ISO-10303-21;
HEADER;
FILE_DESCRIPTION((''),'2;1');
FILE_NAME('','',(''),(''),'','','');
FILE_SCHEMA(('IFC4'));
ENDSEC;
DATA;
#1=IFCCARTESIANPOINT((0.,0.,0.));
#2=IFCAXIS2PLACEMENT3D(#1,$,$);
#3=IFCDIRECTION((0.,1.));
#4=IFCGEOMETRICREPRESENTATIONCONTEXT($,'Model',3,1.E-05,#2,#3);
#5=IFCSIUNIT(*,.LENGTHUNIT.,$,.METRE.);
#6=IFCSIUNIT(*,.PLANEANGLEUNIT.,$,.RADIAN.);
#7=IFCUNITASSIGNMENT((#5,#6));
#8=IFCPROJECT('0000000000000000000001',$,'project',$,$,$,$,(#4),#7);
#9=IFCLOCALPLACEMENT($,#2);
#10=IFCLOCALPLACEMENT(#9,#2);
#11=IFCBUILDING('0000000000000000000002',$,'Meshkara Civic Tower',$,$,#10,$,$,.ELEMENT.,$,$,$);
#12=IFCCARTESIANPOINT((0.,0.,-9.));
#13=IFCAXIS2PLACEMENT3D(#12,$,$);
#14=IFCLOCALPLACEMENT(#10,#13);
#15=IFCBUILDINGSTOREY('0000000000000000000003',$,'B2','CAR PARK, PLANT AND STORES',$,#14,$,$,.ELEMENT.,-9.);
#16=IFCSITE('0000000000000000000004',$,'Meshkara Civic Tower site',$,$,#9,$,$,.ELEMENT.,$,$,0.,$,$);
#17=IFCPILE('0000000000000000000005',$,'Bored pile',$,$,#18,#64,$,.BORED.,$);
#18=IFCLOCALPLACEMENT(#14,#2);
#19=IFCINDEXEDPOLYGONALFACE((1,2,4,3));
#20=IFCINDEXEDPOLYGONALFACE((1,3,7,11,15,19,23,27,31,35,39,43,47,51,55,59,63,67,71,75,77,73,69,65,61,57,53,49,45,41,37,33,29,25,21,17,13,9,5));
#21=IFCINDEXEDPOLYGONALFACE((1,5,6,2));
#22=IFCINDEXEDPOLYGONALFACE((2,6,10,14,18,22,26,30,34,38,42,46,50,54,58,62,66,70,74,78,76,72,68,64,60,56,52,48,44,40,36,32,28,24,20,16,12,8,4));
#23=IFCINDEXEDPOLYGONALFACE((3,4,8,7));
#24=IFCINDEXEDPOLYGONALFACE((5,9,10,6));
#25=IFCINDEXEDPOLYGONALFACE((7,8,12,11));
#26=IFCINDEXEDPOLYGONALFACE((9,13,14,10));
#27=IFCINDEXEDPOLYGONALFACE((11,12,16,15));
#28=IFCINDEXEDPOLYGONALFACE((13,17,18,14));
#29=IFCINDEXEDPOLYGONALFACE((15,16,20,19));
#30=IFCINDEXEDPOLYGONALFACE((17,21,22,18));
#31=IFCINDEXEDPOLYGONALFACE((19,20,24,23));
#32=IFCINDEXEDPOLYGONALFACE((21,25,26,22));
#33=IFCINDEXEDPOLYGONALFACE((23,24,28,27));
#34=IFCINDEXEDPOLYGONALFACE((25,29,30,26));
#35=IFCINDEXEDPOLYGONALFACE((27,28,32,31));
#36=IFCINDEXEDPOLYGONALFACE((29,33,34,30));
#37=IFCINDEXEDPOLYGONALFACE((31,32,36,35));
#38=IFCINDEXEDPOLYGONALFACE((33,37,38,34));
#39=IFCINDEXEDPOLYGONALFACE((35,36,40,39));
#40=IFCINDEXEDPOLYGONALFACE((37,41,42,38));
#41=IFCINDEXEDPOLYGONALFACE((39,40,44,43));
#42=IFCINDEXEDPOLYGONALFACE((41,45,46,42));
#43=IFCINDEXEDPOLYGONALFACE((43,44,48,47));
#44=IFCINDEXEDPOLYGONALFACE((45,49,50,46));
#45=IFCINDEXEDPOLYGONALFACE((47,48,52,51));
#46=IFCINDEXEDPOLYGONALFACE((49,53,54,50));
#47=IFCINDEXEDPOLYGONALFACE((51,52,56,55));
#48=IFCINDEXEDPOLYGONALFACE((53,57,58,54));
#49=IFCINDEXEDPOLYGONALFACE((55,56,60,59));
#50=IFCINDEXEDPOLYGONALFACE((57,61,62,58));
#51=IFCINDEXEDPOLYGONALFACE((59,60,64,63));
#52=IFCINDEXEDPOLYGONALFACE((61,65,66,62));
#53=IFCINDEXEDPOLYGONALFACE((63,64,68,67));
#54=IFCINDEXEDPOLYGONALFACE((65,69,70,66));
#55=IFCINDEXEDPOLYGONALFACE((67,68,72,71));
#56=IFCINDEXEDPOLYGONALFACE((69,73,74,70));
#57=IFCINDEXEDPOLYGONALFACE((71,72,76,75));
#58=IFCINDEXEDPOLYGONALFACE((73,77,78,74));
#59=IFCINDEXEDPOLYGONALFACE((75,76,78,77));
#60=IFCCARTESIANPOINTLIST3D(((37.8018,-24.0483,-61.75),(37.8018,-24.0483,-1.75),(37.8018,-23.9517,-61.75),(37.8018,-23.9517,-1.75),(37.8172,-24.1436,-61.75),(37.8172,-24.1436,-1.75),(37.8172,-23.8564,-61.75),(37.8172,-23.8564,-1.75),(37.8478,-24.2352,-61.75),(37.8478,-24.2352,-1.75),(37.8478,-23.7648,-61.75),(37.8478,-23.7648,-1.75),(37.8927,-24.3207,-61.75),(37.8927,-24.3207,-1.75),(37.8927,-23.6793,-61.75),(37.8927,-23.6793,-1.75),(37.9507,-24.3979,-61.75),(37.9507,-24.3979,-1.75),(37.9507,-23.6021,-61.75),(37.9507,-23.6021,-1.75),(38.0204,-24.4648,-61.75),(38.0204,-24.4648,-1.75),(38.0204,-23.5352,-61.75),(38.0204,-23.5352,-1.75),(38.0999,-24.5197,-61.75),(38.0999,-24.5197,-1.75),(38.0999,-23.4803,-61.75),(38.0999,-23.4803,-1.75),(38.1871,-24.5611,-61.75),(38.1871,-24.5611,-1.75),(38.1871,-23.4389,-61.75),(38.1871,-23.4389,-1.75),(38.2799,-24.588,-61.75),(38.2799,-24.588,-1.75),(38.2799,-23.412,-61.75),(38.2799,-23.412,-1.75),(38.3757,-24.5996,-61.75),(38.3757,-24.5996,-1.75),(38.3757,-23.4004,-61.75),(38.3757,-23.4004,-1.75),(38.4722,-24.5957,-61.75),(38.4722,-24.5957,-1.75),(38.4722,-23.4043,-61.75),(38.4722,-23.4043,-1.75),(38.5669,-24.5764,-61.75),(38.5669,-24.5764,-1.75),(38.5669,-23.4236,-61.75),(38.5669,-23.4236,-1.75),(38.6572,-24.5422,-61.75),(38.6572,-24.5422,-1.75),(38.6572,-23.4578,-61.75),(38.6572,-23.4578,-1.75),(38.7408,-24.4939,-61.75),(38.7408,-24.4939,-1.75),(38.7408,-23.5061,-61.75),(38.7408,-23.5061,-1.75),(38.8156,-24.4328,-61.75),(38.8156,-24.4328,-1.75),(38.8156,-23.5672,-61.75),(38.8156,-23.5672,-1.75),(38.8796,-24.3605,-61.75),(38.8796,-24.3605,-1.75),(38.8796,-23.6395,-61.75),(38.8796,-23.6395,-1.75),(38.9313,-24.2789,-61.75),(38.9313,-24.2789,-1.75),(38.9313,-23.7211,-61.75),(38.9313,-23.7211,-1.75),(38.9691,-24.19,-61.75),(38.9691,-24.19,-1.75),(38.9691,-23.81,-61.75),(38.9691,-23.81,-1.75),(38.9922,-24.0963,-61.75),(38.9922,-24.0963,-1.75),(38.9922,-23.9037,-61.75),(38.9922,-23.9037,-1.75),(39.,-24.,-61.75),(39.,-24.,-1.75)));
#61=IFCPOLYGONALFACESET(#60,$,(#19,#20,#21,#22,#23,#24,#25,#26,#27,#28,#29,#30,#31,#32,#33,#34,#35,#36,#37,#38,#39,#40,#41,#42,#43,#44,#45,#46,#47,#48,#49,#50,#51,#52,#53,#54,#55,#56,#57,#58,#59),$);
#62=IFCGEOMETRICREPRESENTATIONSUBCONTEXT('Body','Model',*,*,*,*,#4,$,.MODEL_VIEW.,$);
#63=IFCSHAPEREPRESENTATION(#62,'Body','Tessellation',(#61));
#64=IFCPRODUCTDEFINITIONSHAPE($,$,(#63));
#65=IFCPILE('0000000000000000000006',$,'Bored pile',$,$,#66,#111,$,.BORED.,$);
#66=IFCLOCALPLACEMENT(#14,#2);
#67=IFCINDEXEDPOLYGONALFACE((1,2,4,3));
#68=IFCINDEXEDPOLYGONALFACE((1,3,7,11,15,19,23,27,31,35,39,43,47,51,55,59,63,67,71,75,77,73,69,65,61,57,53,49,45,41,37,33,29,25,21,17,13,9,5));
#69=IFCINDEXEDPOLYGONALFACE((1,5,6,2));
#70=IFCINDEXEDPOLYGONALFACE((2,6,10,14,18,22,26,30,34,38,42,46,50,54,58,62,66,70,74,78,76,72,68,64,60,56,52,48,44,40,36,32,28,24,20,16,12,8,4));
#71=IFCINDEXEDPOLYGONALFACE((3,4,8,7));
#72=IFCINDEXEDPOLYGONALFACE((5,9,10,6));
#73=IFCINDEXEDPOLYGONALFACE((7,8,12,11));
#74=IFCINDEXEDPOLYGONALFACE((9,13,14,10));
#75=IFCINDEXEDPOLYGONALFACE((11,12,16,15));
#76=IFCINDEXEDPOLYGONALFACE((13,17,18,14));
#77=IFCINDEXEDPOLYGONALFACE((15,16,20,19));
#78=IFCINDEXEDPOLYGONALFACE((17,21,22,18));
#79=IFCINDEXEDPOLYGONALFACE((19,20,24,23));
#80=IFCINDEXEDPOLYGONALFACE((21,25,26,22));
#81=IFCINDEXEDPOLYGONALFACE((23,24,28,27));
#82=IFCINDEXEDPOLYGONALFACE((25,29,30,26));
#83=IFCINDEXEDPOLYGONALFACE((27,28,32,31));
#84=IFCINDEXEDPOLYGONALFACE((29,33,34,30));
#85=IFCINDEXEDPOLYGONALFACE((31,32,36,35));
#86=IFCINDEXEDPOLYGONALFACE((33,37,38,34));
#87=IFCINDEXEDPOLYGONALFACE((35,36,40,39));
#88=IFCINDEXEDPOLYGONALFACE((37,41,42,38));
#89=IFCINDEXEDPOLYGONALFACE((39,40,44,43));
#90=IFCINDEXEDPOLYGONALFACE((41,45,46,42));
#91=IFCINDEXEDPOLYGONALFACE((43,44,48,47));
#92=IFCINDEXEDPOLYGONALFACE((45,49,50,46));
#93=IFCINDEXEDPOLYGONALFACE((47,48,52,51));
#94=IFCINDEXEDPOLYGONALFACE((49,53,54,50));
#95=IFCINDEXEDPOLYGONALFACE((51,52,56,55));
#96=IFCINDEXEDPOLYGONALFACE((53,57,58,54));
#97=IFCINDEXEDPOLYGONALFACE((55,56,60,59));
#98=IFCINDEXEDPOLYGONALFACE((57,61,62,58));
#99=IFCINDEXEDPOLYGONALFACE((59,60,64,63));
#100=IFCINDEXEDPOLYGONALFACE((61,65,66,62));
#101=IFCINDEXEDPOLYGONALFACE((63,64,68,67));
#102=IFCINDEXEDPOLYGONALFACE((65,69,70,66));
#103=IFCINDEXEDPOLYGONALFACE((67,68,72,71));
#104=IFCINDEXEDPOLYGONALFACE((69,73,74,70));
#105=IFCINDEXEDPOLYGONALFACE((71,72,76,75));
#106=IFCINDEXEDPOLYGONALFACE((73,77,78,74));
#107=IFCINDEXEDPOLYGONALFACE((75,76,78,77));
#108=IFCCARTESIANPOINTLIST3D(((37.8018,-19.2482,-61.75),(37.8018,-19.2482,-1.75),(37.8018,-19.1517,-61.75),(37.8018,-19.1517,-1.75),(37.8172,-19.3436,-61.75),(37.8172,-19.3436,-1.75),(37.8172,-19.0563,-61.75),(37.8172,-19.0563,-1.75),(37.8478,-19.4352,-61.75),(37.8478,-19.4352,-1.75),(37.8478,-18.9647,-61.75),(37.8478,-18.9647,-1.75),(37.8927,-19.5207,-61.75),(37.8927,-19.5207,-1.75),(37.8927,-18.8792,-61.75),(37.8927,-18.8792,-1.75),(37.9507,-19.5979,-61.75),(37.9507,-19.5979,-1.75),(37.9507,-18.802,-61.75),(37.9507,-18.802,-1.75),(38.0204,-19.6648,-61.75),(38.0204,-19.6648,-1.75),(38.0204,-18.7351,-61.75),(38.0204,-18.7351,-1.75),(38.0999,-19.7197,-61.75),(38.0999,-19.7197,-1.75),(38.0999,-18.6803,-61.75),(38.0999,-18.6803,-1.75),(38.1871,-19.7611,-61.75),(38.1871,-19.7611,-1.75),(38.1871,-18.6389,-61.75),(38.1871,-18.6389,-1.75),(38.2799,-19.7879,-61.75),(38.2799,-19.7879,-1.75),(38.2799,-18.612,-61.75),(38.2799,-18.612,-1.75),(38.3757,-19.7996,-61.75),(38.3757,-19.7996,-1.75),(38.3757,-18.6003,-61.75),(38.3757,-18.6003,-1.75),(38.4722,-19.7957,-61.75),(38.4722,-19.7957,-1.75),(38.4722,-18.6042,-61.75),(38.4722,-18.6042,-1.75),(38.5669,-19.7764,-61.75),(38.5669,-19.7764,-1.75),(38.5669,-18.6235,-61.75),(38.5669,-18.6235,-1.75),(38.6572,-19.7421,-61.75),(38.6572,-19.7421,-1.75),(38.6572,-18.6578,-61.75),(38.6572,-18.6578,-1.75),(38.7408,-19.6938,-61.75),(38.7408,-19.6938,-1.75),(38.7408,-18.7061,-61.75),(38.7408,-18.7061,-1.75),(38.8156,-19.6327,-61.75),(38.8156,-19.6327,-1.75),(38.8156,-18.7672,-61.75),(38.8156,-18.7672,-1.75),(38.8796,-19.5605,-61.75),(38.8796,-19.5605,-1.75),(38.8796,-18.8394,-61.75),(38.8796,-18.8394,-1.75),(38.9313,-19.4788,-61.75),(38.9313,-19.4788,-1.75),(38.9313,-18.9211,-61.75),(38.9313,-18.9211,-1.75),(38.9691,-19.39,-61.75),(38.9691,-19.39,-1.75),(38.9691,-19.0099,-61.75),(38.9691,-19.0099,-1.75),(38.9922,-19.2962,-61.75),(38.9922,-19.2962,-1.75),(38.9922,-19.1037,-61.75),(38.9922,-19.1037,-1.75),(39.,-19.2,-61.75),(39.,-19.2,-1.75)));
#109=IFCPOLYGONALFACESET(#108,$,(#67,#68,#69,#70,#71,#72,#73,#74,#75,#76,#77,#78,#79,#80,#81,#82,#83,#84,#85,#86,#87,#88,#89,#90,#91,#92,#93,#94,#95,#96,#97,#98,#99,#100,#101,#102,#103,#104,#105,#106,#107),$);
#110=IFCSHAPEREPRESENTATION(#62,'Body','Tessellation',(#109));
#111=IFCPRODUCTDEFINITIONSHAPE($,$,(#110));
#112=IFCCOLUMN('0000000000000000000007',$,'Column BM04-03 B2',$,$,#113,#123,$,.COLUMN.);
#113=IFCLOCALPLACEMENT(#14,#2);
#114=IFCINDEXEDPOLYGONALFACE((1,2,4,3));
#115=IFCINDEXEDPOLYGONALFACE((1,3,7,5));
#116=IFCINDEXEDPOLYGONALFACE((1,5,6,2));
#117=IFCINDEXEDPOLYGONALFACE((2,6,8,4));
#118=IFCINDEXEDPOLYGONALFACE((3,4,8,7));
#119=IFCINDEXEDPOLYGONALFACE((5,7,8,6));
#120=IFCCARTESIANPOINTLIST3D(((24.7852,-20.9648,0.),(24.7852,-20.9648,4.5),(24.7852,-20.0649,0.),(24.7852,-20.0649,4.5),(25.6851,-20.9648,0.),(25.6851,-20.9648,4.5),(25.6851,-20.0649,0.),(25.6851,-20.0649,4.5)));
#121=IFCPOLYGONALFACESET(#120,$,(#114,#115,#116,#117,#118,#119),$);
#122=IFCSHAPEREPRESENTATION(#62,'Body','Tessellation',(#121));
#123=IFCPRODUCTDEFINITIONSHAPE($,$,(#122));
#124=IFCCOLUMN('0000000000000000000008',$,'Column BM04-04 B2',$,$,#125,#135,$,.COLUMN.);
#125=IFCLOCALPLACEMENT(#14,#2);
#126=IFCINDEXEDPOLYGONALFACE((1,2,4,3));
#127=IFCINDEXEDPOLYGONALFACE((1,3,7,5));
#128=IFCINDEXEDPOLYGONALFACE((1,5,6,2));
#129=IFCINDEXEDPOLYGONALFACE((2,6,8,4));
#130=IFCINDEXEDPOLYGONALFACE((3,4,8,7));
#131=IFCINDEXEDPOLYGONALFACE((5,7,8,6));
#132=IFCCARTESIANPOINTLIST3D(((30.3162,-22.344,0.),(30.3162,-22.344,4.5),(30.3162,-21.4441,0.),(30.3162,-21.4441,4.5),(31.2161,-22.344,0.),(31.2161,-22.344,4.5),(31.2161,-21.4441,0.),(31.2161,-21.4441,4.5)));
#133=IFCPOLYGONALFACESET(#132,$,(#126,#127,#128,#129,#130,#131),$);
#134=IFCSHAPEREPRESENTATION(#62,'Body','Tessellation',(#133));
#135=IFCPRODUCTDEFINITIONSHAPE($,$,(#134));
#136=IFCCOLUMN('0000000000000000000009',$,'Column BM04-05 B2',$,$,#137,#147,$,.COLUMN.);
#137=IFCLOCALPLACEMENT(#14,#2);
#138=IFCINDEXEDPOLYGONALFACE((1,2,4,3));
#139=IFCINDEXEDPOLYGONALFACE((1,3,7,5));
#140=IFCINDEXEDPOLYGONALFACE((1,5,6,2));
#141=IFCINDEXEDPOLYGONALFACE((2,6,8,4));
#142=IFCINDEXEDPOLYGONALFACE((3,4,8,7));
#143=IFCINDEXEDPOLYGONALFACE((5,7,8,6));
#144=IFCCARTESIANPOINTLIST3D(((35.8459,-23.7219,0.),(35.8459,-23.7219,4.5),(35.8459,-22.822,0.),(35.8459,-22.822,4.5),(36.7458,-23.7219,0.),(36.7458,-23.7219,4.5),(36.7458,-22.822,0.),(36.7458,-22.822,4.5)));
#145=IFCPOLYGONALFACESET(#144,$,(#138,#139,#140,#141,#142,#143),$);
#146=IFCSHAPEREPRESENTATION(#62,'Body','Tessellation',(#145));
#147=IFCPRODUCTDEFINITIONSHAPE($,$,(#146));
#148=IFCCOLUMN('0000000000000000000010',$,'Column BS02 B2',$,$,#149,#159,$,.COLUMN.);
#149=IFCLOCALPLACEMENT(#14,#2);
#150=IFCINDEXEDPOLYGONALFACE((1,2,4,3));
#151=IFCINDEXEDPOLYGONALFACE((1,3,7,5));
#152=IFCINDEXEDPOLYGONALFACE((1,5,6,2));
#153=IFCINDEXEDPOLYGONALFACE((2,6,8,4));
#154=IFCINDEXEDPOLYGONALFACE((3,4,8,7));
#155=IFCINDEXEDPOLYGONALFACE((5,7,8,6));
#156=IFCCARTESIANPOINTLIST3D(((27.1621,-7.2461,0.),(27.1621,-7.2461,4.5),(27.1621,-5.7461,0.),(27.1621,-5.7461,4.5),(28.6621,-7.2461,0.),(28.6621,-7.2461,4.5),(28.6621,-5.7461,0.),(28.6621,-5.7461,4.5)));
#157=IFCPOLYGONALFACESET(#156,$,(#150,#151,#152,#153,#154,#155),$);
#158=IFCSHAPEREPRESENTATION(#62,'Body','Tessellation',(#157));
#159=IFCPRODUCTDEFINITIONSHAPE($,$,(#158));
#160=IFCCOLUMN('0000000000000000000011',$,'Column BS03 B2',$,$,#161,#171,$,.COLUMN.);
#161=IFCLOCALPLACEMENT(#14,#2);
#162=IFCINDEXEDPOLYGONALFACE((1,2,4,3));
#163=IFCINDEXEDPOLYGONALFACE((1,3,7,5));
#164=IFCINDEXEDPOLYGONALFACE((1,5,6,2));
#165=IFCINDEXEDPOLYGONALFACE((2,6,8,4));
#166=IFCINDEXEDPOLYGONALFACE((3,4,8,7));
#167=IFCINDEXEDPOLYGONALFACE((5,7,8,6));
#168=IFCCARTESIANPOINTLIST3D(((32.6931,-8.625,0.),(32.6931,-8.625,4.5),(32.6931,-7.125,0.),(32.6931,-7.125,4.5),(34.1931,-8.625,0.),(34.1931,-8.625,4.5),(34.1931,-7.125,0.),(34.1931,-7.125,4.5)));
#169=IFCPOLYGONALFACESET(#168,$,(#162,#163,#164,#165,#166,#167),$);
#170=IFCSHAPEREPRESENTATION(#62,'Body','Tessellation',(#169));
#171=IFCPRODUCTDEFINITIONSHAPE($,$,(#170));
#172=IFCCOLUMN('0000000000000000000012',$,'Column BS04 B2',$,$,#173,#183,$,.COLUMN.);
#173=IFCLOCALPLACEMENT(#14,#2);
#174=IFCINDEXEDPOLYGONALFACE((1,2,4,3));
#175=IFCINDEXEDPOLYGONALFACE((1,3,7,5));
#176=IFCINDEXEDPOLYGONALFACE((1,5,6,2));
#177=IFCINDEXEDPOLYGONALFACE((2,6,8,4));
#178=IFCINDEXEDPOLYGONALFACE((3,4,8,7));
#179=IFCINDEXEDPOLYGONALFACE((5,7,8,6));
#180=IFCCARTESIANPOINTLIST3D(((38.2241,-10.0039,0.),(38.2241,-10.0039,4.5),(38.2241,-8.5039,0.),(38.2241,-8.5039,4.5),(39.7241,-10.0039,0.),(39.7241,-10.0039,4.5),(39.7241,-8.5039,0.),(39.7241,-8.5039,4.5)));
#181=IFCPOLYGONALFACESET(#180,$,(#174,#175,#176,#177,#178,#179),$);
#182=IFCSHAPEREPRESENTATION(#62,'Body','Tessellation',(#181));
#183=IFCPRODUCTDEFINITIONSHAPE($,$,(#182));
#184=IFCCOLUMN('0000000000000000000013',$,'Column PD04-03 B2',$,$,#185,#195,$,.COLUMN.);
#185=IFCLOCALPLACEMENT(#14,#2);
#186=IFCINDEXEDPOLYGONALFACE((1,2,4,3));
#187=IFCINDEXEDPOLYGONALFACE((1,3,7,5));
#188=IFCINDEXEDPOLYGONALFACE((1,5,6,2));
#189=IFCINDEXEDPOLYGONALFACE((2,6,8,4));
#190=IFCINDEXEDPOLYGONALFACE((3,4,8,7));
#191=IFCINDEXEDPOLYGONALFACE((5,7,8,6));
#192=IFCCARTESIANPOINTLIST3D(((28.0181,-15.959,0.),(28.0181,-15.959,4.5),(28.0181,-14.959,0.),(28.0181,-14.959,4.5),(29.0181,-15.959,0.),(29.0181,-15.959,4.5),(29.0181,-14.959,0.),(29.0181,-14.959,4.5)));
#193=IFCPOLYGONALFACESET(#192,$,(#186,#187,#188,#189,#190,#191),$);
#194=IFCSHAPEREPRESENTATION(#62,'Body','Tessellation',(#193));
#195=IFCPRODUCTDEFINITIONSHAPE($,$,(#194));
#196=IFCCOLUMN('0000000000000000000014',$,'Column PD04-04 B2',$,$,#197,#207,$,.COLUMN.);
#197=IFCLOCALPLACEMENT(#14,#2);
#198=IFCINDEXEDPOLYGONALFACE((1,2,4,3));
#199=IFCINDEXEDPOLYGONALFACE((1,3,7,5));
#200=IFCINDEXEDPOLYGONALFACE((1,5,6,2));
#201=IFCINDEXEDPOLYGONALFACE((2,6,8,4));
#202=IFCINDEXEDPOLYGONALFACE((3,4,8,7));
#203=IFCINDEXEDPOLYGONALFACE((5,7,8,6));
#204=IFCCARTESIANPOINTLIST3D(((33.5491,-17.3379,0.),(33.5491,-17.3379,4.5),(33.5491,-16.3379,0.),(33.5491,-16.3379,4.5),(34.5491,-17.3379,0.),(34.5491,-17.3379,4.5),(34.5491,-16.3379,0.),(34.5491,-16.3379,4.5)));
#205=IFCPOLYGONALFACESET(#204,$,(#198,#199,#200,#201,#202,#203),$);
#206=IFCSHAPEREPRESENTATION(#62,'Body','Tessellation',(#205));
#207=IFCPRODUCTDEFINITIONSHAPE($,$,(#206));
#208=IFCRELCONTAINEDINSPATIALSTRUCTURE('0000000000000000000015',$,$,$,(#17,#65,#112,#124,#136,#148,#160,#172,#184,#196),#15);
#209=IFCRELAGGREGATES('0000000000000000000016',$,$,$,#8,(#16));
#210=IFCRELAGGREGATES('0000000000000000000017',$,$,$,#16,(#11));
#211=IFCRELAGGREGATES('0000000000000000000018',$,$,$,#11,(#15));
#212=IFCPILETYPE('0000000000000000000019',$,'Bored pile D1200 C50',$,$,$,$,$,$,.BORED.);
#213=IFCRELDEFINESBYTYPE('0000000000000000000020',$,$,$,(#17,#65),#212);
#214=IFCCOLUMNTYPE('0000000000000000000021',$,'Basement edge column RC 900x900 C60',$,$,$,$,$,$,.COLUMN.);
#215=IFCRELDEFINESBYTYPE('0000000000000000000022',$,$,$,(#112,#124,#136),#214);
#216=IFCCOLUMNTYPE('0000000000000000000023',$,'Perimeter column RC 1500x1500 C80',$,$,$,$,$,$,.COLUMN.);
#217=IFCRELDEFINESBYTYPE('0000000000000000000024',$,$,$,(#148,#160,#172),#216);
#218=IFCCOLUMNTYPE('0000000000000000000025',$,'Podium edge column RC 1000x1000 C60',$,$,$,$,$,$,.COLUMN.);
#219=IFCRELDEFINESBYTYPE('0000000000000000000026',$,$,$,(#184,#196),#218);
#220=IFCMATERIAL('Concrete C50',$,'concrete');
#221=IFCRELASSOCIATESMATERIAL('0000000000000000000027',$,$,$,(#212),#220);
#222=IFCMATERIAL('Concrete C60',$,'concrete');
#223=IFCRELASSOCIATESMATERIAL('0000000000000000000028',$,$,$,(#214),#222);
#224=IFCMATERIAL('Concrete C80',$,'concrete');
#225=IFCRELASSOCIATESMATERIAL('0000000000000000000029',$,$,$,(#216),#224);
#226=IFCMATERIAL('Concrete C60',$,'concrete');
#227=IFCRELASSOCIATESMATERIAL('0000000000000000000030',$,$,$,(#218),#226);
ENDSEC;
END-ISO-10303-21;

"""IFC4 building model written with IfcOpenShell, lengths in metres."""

from ifc_helpers import new_model, si_unit, direction, frame, origin, origin_2d, place, context, subcontext, project, spatial, rectangle, circle, extrude, material, material_profile, profile_set, type_object, element, save


model = new_model("IFC4")

# Units and contexts
model_context = context("Model", 3, precision=1e-05, world=origin(), true_north=direction((0.0, 1.0)))
body_context = subcontext(model_context, "Body", "Model", "MODEL_VIEW")
ifc_project = project(units=[si_unit("LENGTHUNIT", "METRE"), si_unit("PLANEANGLEUNIT", "RADIAN")], contexts=[model_context])

# Site, building, storey
site_placement = place(None, origin())
site = spatial("IfcSite", under=ifc_project, at=site_placement, Name="Meshkara Civic Tower site", CompositionType="ELEMENT", RefElevation=0.0)
building_placement = place(site_placement, origin())
building = spatial("IfcBuilding", under=site, at=building_placement, Name="Meshkara Civic Tower", CompositionType="ELEMENT")
storey_placement = place(building_placement, frame((0.0, 0.0, -9.0)))
storey = spatial("IfcBuildingStorey", under=building, at=storey_placement, Name="B2", Description="CAR PARK, PLANT AND STORES", CompositionType="ELEMENT", Elevation=-9.0)

# Piles
ifc_material_1 = material(Name="Concrete C50", Category="concrete")
ifc_material_profile_1 = material_profile(ifc_material_1, circle(Radius=0.6001, at=origin_2d()))
ifc_profile_set_1 = profile_set([ifc_material_profile_1], Name="Concrete C50")
pile_type = type_object("IfcPileType", Name="Bored pile D1200 C50", PredefinedType="BORED", material=ifc_profile_set_1)
for number, where, z_axis, x_axis, name in (
    (1, (38.3999, -24.0, -1.75), (0.0, 0.0, -1.0), (1.0, 0.0, 0.0), "Bored pile"),
    (2, (38.3999, -19.2, -1.75), (0.0, 0.0, -1.0), (1.0, 0.0, 0.0), "Bored pile"),
):
    element("IfcPile", number, at=place(storey_placement, frame(where, z_axis=z_axis, x_axis=x_axis)), inside=storey, type_object=pile_type, Name=name, PredefinedType="BORED", context=body_context, shape_type="SweptSolid", body=[
        extrude(circle(Radius=0.6001, at=origin_2d()), origin(), (0.0, 0.0, 1.0), 60.0),
    ])

# Columns
ifc_material_2 = material(Name="Concrete C60", Category="concrete")
ifc_material_profile_2 = material_profile(ifc_material_2, rectangle(XDim=0.8999, YDim=0.8999, at=origin_2d()))
ifc_profile_set_2 = profile_set([ifc_material_profile_2], Name="Concrete C60")
column_type_1 = type_object("IfcColumnType", Name="Basement edge column RC 900x900 C60", PredefinedType="COLUMN", material=ifc_profile_set_2)
for number, where, z_axis, x_axis, name in (
    (3, (25.2351, -20.5149, 0.0), (0.0, 0.0, 1.0), (1.0, 0.0, 0.0), "Column BM04-03 B2"),
    (4, (30.7661, -21.894, 0.0), (0.0, 0.0, 1.0), (1.0, 0.0, 0.0), "Column BM04-04 B2"),
    (5, (36.2959, -23.272, 0.0), (0.0, 0.0, 1.0), (1.0, 0.0, 0.0), "Column BM04-05 B2"),
):
    element("IfcColumn", number, at=place(storey_placement, frame(where, z_axis=z_axis, x_axis=x_axis)), inside=storey, type_object=column_type_1, Name=name, PredefinedType="COLUMN", context=body_context, shape_type="SweptSolid", body=[
        extrude(rectangle(XDim=0.8999, YDim=0.8999, at=origin_2d()), origin(), (0.0, 0.0, 1.0), 4.5),
    ])
ifc_material_3 = material(Name="Concrete C80", Category="concrete")
ifc_material_profile_3 = material_profile(ifc_material_3, rectangle(XDim=1.5, YDim=1.5, at=origin_2d()))
ifc_profile_set_3 = profile_set([ifc_material_profile_3], Name="Concrete C80")
column_type_2 = type_object("IfcColumnType", Name="Perimeter column RC 1500x1500 C80", PredefinedType="COLUMN", material=ifc_profile_set_3)
for number, where, z_axis, x_axis, name in (
    (6, (27.9121, -6.4961, 0.0), (0.0, 0.0, 1.0), (1.0, 0.0, 0.0), "Column BS02 B2"),
    (7, (33.4431, -7.875, 0.0), (0.0, 0.0, 1.0), (1.0, 0.0, 0.0), "Column BS03 B2"),
    (8, (38.9741, -9.2539, 0.0), (0.0, 0.0, 1.0), (1.0, 0.0, 0.0), "Column BS04 B2"),
):
    element("IfcColumn", number, at=place(storey_placement, frame(where, z_axis=z_axis, x_axis=x_axis)), inside=storey, type_object=column_type_2, Name=name, PredefinedType="COLUMN", context=body_context, shape_type="SweptSolid", body=[
        extrude(rectangle(XDim=1.5, YDim=1.5, at=origin_2d()), origin(), (0.0, 0.0, 1.0), 4.5),
    ])
ifc_material_4 = material(Name="Concrete C60", Category="concrete")
ifc_material_profile_4 = material_profile(ifc_material_4, rectangle(XDim=1.0, YDim=1.0, at=origin_2d()))
ifc_profile_set_4 = profile_set([ifc_material_profile_4], Name="Concrete C60")
column_type_3 = type_object("IfcColumnType", Name="Podium edge column RC 1000x1000 C60", PredefinedType="COLUMN", material=ifc_profile_set_4)
for number, where, z_axis, x_axis, name in (
    (9, (28.5181, -15.459, 0.0), (0.0, 0.0, 1.0), (1.0, 0.0, 0.0), "Column PD04-03 B2"),
    (10, (34.0491, -16.8379, 0.0), (0.0, 0.0, 1.0), (1.0, 0.0, 0.0), "Column PD04-04 B2"),
):
    element("IfcColumn", number, at=place(storey_placement, frame(where, z_axis=z_axis, x_axis=x_axis)), inside=storey, type_object=column_type_3, Name=name, PredefinedType="COLUMN", context=body_context, shape_type="SweptSolid", body=[
        extrude(rectangle(XDim=1.0, YDim=1.0, at=origin_2d()), origin(), (0.0, 0.0, 1.0), 4.5),
    ])

save(model, "model.ifc")
